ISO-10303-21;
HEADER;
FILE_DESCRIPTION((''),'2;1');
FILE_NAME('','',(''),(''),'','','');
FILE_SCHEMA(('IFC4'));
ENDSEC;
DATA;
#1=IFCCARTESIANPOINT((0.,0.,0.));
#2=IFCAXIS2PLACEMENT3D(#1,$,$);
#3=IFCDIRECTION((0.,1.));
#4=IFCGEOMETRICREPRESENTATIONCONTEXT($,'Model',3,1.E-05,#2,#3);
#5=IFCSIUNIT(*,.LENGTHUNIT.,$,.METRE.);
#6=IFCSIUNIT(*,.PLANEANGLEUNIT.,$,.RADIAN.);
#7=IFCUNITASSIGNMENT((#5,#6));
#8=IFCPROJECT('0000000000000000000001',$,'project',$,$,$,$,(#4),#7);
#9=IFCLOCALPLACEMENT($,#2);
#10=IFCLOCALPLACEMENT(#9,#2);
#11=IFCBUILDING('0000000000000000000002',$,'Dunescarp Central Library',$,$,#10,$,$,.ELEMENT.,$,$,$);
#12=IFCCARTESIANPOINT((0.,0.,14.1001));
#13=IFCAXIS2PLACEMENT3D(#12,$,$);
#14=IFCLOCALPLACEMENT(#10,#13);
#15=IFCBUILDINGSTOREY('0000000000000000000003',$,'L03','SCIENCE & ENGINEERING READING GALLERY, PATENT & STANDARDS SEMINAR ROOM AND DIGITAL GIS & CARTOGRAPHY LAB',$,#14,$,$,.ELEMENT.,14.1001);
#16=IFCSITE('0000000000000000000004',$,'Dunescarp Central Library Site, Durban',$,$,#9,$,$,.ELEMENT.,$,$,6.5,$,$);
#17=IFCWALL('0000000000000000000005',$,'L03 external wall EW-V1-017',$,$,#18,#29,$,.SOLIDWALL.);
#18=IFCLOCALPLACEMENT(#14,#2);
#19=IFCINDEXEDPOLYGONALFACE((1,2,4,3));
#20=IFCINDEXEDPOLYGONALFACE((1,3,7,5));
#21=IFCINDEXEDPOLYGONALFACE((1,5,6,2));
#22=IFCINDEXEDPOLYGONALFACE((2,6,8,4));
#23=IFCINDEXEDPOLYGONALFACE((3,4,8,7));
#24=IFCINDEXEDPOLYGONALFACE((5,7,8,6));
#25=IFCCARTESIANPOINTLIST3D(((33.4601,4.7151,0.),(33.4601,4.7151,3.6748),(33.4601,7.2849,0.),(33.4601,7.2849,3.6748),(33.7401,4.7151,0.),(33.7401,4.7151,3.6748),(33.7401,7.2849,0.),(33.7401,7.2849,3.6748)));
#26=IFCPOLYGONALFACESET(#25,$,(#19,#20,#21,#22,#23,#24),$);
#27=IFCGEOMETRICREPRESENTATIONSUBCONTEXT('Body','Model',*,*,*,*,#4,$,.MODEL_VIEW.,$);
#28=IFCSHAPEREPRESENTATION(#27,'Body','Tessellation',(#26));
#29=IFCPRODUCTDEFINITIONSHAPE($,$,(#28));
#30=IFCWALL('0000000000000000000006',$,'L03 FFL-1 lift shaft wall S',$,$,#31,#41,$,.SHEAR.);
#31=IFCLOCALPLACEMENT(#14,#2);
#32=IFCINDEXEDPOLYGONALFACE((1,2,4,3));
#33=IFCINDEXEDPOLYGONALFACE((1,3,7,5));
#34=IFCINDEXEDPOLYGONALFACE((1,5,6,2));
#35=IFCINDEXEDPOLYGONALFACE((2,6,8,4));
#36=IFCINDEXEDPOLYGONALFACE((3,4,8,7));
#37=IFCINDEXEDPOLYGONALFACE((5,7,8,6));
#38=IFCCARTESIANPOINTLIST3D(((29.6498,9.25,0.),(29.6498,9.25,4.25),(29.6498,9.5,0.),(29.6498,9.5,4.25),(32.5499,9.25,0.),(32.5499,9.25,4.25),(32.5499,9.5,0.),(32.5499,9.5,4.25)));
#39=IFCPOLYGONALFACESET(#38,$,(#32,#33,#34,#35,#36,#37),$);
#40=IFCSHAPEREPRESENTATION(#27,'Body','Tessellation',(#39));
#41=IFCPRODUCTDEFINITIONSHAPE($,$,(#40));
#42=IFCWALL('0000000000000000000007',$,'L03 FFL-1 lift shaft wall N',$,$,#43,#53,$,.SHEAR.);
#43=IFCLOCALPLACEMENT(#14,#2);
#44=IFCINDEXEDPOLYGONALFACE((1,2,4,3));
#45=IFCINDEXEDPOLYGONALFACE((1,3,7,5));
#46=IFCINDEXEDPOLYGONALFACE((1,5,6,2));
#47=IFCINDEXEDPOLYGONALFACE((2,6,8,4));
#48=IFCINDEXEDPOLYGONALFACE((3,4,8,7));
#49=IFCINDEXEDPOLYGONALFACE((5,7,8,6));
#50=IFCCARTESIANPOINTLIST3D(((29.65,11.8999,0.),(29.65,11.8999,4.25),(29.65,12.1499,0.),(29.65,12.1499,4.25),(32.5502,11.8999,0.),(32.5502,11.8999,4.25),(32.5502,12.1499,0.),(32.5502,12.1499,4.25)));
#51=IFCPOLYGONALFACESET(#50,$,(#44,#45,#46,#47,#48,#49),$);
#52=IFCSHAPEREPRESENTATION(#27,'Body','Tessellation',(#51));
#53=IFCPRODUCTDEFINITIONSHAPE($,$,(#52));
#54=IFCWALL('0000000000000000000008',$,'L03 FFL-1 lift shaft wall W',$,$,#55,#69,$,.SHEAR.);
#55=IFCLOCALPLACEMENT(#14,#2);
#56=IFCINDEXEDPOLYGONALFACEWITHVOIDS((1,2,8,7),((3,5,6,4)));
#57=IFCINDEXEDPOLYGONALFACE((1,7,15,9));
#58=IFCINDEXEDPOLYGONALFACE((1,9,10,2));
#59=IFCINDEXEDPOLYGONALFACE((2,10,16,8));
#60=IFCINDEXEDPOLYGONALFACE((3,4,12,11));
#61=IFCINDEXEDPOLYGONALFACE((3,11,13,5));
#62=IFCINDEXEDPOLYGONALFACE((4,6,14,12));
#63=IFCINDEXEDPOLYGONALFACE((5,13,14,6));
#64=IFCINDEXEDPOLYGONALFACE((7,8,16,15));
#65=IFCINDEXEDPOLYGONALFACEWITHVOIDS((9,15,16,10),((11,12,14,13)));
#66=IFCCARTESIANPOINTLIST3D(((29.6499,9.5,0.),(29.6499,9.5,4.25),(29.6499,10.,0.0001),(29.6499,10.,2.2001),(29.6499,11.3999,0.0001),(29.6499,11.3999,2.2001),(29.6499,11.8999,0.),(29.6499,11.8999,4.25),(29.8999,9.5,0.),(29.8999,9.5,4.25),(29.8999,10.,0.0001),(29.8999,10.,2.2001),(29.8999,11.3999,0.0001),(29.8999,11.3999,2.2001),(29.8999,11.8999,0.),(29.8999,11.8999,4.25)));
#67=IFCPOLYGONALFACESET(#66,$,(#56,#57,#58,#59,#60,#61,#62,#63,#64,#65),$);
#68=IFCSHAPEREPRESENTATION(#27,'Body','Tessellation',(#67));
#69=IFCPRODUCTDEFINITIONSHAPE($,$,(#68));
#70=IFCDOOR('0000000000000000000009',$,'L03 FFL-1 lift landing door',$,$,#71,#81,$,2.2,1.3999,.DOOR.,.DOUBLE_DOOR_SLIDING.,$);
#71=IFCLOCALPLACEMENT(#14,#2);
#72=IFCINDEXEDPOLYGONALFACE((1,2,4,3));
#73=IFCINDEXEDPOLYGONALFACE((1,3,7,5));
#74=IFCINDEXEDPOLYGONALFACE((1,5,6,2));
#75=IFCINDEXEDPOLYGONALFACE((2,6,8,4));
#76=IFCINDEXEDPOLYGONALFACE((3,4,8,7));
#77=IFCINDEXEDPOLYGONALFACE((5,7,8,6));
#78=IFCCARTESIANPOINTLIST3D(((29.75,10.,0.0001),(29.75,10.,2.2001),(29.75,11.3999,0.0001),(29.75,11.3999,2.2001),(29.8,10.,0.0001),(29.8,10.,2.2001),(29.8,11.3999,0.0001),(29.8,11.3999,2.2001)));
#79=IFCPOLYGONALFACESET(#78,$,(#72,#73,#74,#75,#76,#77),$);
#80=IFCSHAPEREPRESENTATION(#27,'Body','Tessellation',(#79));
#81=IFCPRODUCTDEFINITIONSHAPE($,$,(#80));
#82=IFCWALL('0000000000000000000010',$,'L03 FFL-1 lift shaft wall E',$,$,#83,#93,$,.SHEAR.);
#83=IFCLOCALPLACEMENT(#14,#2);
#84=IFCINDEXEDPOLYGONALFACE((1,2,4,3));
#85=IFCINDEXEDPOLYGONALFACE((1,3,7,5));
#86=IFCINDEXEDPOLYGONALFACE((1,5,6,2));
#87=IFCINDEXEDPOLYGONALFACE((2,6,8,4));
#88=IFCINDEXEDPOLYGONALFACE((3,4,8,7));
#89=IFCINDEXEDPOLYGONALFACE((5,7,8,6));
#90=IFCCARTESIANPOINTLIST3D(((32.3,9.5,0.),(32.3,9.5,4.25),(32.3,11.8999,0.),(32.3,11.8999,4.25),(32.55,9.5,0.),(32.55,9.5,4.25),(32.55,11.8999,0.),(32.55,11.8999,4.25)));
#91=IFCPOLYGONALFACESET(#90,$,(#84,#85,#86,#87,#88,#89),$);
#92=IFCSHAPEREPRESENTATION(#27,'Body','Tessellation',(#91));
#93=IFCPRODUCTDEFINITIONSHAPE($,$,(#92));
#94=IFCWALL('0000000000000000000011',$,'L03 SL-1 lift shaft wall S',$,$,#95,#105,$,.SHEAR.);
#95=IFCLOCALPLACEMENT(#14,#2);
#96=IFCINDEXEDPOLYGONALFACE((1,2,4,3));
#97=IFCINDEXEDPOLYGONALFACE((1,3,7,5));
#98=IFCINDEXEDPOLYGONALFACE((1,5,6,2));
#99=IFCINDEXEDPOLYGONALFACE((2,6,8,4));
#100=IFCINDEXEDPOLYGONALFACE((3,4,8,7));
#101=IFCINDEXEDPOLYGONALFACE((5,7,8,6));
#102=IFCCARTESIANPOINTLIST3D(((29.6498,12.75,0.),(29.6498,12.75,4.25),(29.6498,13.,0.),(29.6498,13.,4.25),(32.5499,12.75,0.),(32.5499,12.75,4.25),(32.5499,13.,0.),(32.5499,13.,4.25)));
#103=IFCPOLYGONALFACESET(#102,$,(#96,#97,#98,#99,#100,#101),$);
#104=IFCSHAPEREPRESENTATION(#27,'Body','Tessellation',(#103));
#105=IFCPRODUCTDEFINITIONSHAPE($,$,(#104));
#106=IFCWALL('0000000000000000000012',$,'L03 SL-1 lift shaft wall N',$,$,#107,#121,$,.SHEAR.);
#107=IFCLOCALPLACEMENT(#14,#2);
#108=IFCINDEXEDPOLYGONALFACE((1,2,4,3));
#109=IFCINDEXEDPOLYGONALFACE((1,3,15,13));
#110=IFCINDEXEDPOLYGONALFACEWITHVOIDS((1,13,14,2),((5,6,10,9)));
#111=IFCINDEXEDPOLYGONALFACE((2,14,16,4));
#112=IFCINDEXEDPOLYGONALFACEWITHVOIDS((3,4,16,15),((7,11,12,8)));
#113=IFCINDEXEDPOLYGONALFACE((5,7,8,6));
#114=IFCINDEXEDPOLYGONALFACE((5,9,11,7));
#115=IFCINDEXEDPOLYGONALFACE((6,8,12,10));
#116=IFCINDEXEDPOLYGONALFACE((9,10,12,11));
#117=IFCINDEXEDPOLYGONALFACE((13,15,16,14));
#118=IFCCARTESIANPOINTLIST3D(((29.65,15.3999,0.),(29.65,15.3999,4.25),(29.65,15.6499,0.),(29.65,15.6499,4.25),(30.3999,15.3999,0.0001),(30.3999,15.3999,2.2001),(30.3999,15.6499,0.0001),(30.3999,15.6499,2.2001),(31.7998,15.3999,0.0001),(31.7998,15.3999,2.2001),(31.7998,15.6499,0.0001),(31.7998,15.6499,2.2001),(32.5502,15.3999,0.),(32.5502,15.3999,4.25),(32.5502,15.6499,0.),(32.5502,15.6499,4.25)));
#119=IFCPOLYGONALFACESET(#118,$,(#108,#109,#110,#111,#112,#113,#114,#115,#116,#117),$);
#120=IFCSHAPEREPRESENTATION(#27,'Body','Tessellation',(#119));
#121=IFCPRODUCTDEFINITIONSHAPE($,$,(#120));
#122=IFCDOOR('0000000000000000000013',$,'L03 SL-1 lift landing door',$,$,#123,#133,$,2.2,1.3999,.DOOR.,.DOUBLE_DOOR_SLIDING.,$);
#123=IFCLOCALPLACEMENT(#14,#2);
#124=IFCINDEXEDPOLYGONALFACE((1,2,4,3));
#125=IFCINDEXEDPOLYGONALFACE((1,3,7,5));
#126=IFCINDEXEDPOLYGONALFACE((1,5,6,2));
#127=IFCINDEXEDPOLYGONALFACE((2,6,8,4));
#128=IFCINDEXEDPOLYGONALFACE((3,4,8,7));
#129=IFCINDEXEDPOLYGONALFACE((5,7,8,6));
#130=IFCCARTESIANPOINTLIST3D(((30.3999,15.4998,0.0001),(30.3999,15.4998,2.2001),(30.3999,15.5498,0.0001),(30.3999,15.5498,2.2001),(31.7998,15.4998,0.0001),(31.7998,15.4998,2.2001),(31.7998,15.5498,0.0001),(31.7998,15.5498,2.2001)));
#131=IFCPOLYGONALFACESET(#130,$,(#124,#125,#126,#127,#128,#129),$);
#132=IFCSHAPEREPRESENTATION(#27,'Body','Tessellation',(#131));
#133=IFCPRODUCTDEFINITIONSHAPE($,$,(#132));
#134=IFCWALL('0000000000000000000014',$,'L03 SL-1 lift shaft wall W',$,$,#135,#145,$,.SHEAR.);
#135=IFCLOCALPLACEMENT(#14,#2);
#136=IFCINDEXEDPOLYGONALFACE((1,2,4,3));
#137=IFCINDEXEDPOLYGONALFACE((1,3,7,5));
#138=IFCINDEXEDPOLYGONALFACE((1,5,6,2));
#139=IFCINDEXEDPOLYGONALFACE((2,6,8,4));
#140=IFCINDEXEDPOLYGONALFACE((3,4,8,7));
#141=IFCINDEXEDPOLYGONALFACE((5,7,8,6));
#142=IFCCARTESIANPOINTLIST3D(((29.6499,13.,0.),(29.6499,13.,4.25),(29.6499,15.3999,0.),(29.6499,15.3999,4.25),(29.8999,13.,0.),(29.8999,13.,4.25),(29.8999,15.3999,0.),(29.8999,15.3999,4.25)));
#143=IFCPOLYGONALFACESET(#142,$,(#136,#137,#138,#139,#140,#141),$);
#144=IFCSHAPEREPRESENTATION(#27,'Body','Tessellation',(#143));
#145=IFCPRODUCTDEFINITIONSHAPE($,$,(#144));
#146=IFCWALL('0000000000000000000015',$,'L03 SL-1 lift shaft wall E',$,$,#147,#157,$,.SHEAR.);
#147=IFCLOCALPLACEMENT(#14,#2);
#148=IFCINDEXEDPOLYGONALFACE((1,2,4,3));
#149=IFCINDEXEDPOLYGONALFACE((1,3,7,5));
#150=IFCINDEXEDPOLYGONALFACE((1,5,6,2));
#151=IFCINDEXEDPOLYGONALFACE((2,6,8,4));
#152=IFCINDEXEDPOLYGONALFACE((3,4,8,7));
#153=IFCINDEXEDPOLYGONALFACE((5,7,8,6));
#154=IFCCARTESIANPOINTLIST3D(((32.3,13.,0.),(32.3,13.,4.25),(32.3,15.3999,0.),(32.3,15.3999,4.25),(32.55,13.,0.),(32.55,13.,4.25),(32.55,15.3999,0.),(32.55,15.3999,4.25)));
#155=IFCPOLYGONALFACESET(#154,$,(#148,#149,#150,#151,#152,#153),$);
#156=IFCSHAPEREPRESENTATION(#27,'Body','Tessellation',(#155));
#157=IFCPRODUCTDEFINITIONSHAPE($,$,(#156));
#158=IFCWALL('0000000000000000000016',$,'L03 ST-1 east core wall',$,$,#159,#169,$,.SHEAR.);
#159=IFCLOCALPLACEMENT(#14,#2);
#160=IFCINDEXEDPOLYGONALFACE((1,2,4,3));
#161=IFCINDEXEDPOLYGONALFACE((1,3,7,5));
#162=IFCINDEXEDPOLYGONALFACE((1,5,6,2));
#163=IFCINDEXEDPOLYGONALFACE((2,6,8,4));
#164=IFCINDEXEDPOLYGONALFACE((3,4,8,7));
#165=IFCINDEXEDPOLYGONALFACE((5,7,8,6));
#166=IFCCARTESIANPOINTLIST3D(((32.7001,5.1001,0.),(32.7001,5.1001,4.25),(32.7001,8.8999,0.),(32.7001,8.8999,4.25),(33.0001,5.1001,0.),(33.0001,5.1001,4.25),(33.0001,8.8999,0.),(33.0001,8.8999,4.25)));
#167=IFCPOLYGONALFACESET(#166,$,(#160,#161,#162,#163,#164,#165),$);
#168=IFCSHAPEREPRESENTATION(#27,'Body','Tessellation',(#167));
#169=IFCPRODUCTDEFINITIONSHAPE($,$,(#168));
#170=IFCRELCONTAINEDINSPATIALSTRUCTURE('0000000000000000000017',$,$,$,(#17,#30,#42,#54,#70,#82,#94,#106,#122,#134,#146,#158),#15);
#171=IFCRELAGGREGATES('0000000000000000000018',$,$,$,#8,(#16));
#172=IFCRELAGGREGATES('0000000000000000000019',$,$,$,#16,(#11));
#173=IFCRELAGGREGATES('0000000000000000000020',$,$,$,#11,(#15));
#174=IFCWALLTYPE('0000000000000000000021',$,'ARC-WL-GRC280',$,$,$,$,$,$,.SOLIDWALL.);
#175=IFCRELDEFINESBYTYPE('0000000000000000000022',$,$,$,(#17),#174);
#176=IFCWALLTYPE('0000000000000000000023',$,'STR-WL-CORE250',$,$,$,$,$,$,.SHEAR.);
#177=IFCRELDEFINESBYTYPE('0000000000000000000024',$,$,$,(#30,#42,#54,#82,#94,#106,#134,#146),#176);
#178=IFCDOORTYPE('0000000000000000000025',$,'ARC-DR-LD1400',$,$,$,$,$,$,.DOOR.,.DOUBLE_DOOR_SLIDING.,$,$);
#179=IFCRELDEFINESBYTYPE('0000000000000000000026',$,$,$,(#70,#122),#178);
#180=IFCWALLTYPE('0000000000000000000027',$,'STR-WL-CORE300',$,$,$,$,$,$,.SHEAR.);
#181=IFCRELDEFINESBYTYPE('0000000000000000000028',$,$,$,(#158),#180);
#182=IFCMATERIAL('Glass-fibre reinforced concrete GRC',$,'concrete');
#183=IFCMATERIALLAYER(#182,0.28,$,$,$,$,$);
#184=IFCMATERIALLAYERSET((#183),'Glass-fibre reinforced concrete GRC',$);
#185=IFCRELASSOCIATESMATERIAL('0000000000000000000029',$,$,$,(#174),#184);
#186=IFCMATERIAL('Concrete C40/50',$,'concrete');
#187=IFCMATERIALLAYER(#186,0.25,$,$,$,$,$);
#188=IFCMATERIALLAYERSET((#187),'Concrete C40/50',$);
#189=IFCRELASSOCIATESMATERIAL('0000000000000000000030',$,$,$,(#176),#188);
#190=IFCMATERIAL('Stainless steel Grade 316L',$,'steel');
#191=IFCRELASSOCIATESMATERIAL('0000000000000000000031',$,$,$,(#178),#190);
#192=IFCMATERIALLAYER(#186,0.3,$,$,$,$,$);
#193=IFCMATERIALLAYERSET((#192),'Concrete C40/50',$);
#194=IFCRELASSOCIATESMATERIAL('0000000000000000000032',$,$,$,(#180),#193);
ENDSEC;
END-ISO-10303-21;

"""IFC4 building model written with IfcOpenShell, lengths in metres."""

from ifc_helpers import new_model, si_unit, direction, frame, frame_2d, origin, place, context, subcontext, project, spatial, rectangle, extrude, material, layer, layer_set, type_object, element, fill, save


model = new_model("IFC4")

# Units and contexts
model_context = context("Model", 3, precision=1e-05, world=origin(), true_north=direction((0.0, 1.0)))
body_context = subcontext(model_context, "Body", "Model", "MODEL_VIEW")
ifc_project = project(units=[si_unit("LENGTHUNIT", "METRE"), si_unit("PLANEANGLEUNIT", "RADIAN")], contexts=[model_context])

# Site, building, storey
site_placement = place(None, origin())
site = spatial("IfcSite", under=ifc_project, at=site_placement, Name="Dunescarp Central Library Site, Durban", CompositionType="ELEMENT", RefElevation=6.5)
building_placement = place(site_placement, origin())
building = spatial("IfcBuilding", under=site, at=building_placement, Name="Dunescarp Central Library", CompositionType="ELEMENT")
storey_placement = place(building_placement, frame((0.0, 0.0, 14.1001)))
storey = spatial("IfcBuildingStorey", under=building, at=storey_placement, Name="L03", Description="SCIENCE & ENGINEERING READING GALLERY, PATENT & STANDARDS SEMINAR ROOM AND DIGITAL GIS & CARTOGRAPHY LAB", CompositionType="ELEMENT", Elevation=14.1001)

# Walls
ifc_material_1 = material(Name="Glass-fibre reinforced concrete GRC", Category="concrete")
ifc_layer_1 = layer(ifc_material_1, 0.28)
ifc_layer_set_1 = layer_set([ifc_layer_1], Name="Glass-fibre reinforced concrete GRC")
wall_type_1 = type_object("IfcWallType", Name="ARC-WL-GRC280", PredefinedType="SOLIDWALL", material=ifc_layer_set_1)
wall_1_placement = place(storey_placement, frame((33.6001, 7.2849, 0.0), z_axis=(0.0, 0.0, 1.0), x_axis=(0.0, -1.0, 0.0)))
element("IfcWall", 1, at=wall_1_placement, inside=storey, type_object=wall_type_1, Name="L03 external wall EW-V1-017", PredefinedType="SOLIDWALL", context=body_context, shape_type="SweptSolid", body=[
    extrude(rectangle(XDim=2.5698, YDim=0.28, at=frame_2d((1.2849, 0.0))), origin(), (0.0, 0.0, 1.0), 3.6748),
])
ifc_material_2 = material(Name="Concrete C40/50", Category="concrete")
ifc_layer_2 = layer(ifc_material_2, 0.25)
ifc_layer_set_2 = layer_set([ifc_layer_2], Name="Concrete C40/50")
wall_type_2 = type_object("IfcWallType", Name="STR-WL-CORE250", PredefinedType="SHEAR", material=ifc_layer_set_2)
for number, where, z_axis, x_axis, name in (
    (2, (32.55, 9.375, 0.0), (0.0, 0.0, 1.0), (-1.0, 0.0, 0.0), "L03 FFL-1 lift shaft wall S"),
    (3, (29.6499, 12.0249, 0.0), (0.0, 0.0, 1.0), (1.0, 0.0, 0.0), "L03 FFL-1 lift shaft wall N"),
):
    element("IfcWall", number, at=place(storey_placement, frame(where, z_axis=z_axis, x_axis=x_axis)), inside=storey, type_object=wall_type_2, Name=name, PredefinedType="SHEAR", context=body_context, shape_type="SweptSolid", body=[
        extrude(rectangle(XDim=2.9001, YDim=0.25, at=frame_2d((1.4502, 0.0))), origin(), (0.0, 0.0, 1.0), 4.25),
    ])

# Wall, opening, door
wall_2_placement = place(storey_placement, frame((29.7749, 9.5, 0.0), z_axis=(0.0, 0.0, 1.0), x_axis=(0.0, 1.0, 0.0)))
wall_2 = element("IfcWall", 4, at=wall_2_placement, inside=storey, type_object=wall_type_2, Name="L03 FFL-1 lift shaft wall W", PredefinedType="SHEAR", context=body_context, shape_type="SweptSolid", body=[
    extrude(rectangle(XDim=2.3999, YDim=0.25, at=frame_2d((1.2, 0.0))), origin(), (0.0, 0.0, 1.0), 4.25),
])
opening_1_placement = place(wall_2_placement, frame((0.5, 0.0, 0.0)))
opening_1 = element("IfcOpeningElement", 5, at=opening_1_placement, cuts=wall_2, PredefinedType="OPENING", context=body_context, shape_type="SweptSolid", body=[
    extrude(rectangle(XDim=1.3999, YDim=2.2, at=frame_2d((0.7, 1.1001))), frame((0.0, 0.135, 0.0), z_axis=(0.0, -1.0, 0.0), x_axis=(1.0, 0.0, 0.0)), (0.0, 0.0, 1.0), 0.27),
])
ifc_material_3 = material(Name="Stainless steel Grade 316L", Category="steel")
door_type_1 = type_object("IfcDoorType", Name="ARC-DR-LD1400", OperationType="DOUBLE_DOOR_SLIDING", PredefinedType="DOOR", material=ifc_material_3)
door_1_placement = place(opening_1_placement, origin())
door_1 = element("IfcDoor", 6, at=door_1_placement, inside=storey, type_object=door_type_1, Name="L03 FFL-1 lift landing door", OperationType="DOUBLE_DOOR_SLIDING", OverallHeight=2.2, OverallWidth=1.3999, PredefinedType="DOOR", context=body_context, shape_type="SweptSolid", body=[
    extrude(rectangle(XDim=1.3999, YDim=2.2, at=frame_2d((0.7, 1.1001))), frame((0.0, 0.0249, 0.0), z_axis=(0.0, -1.0, 0.0), x_axis=(1.0, 0.0, 0.0)), (0.0, 0.0, 1.0), 0.05),
])
fill(opening_1, door_1)

# Walls
wall_3_placement = place(storey_placement, frame((32.425, 11.8999, 0.0), z_axis=(0.0, 0.0, 1.0), x_axis=(0.0, -1.0, 0.0)))
element("IfcWall", 7, at=wall_3_placement, inside=storey, type_object=wall_type_2, Name="L03 FFL-1 lift shaft wall E", PredefinedType="SHEAR", context=body_context, shape_type="SweptSolid", body=[
    extrude(rectangle(XDim=2.3999, YDim=0.25, at=frame_2d((1.2, 0.0))), origin(), (0.0, 0.0, 1.0), 4.25),
])
wall_4_placement = place(storey_placement, frame((32.55, 12.875, 0.0), z_axis=(0.0, 0.0, 1.0), x_axis=(-1.0, 0.0, 0.0)))
element("IfcWall", 8, at=wall_4_placement, inside=storey, type_object=wall_type_2, Name="L03 SL-1 lift shaft wall S", PredefinedType="SHEAR", context=body_context, shape_type="SweptSolid", body=[
    extrude(rectangle(XDim=2.9001, YDim=0.25, at=frame_2d((1.4502, 0.0))), origin(), (0.0, 0.0, 1.0), 4.25),
])

# Wall, opening, door
wall_5_placement = place(storey_placement, frame((29.6499, 15.5249, 0.0), z_axis=(0.0, 0.0, 1.0), x_axis=(1.0, 0.0, 0.0)))
wall_5 = element("IfcWall", 9, at=wall_5_placement, inside=storey, type_object=wall_type_2, Name="L03 SL-1 lift shaft wall N", PredefinedType="SHEAR", context=body_context, shape_type="SweptSolid", body=[
    extrude(rectangle(XDim=2.9001, YDim=0.25, at=frame_2d((1.4502, 0.0))), origin(), (0.0, 0.0, 1.0), 4.25),
])
opening_2_placement = place(wall_5_placement, frame((0.75, 0.0, 0.0)))
opening_2 = element("IfcOpeningElement", 10, at=opening_2_placement, cuts=wall_5, PredefinedType="OPENING", context=body_context, shape_type="SweptSolid", body=[
    extrude(rectangle(XDim=1.3999, YDim=2.2, at=frame_2d((0.7, 1.1001))), frame((0.0, 0.135, 0.0), z_axis=(0.0, -1.0, 0.0), x_axis=(1.0, 0.0, 0.0)), (0.0, 0.0, 1.0), 0.27),
])
door_2_placement = place(opening_2_placement, origin())
door_2 = element("IfcDoor", 11, at=door_2_placement, inside=storey, type_object=door_type_1, Name="L03 SL-1 lift landing door", OperationType="DOUBLE_DOOR_SLIDING", OverallHeight=2.2, OverallWidth=1.3999, PredefinedType="DOOR", context=body_context, shape_type="SweptSolid", body=[
    extrude(rectangle(XDim=1.3999, YDim=2.2, at=frame_2d((0.7, 1.1001))), frame((0.0, 0.0249, 0.0), z_axis=(0.0, -1.0, 0.0), x_axis=(1.0, 0.0, 0.0)), (0.0, 0.0, 1.0), 0.05),
])
fill(opening_2, door_2)

# Walls
for number, where, z_axis, x_axis, name in (
    (12, (29.7749, 13.0, 0.0), (0.0, 0.0, 1.0), (0.0, 1.0, 0.0), "L03 SL-1 lift shaft wall W"),
    (13, (32.425, 15.3999, 0.0), (0.0, 0.0, 1.0), (0.0, -1.0, 0.0), "L03 SL-1 lift shaft wall E"),
):
    element("IfcWall", number, at=place(storey_placement, frame(where, z_axis=z_axis, x_axis=x_axis)), inside=storey, type_object=wall_type_2, Name=name, PredefinedType="SHEAR", context=body_context, shape_type="SweptSolid", body=[
        extrude(rectangle(XDim=2.3999, YDim=0.25, at=frame_2d((1.2, 0.0))), origin(), (0.0, 0.0, 1.0), 4.25),
    ])
ifc_layer_3 = layer(ifc_material_2, 0.3)
ifc_layer_set_3 = layer_set([ifc_layer_3], Name="Concrete C40/50")
wall_type_3 = type_object("IfcWallType", Name="STR-WL-CORE300", PredefinedType="SHEAR", material=ifc_layer_set_3)
wall_6_placement = place(storey_placement, frame((32.8501, 8.8999, 0.0), z_axis=(0.0, 0.0, 1.0), x_axis=(0.0, -1.0, 0.0)))
element("IfcWall", 14, at=wall_6_placement, inside=storey, type_object=wall_type_3, Name="L03 ST-1 east core wall", PredefinedType="SHEAR", context=body_context, shape_type="SweptSolid", body=[
    extrude(rectangle(XDim=3.7998, YDim=0.3, at=frame_2d((1.8999, 0.0))), origin(), (0.0, 0.0, 1.0), 4.25),
])

save(model, "model.ifc")
